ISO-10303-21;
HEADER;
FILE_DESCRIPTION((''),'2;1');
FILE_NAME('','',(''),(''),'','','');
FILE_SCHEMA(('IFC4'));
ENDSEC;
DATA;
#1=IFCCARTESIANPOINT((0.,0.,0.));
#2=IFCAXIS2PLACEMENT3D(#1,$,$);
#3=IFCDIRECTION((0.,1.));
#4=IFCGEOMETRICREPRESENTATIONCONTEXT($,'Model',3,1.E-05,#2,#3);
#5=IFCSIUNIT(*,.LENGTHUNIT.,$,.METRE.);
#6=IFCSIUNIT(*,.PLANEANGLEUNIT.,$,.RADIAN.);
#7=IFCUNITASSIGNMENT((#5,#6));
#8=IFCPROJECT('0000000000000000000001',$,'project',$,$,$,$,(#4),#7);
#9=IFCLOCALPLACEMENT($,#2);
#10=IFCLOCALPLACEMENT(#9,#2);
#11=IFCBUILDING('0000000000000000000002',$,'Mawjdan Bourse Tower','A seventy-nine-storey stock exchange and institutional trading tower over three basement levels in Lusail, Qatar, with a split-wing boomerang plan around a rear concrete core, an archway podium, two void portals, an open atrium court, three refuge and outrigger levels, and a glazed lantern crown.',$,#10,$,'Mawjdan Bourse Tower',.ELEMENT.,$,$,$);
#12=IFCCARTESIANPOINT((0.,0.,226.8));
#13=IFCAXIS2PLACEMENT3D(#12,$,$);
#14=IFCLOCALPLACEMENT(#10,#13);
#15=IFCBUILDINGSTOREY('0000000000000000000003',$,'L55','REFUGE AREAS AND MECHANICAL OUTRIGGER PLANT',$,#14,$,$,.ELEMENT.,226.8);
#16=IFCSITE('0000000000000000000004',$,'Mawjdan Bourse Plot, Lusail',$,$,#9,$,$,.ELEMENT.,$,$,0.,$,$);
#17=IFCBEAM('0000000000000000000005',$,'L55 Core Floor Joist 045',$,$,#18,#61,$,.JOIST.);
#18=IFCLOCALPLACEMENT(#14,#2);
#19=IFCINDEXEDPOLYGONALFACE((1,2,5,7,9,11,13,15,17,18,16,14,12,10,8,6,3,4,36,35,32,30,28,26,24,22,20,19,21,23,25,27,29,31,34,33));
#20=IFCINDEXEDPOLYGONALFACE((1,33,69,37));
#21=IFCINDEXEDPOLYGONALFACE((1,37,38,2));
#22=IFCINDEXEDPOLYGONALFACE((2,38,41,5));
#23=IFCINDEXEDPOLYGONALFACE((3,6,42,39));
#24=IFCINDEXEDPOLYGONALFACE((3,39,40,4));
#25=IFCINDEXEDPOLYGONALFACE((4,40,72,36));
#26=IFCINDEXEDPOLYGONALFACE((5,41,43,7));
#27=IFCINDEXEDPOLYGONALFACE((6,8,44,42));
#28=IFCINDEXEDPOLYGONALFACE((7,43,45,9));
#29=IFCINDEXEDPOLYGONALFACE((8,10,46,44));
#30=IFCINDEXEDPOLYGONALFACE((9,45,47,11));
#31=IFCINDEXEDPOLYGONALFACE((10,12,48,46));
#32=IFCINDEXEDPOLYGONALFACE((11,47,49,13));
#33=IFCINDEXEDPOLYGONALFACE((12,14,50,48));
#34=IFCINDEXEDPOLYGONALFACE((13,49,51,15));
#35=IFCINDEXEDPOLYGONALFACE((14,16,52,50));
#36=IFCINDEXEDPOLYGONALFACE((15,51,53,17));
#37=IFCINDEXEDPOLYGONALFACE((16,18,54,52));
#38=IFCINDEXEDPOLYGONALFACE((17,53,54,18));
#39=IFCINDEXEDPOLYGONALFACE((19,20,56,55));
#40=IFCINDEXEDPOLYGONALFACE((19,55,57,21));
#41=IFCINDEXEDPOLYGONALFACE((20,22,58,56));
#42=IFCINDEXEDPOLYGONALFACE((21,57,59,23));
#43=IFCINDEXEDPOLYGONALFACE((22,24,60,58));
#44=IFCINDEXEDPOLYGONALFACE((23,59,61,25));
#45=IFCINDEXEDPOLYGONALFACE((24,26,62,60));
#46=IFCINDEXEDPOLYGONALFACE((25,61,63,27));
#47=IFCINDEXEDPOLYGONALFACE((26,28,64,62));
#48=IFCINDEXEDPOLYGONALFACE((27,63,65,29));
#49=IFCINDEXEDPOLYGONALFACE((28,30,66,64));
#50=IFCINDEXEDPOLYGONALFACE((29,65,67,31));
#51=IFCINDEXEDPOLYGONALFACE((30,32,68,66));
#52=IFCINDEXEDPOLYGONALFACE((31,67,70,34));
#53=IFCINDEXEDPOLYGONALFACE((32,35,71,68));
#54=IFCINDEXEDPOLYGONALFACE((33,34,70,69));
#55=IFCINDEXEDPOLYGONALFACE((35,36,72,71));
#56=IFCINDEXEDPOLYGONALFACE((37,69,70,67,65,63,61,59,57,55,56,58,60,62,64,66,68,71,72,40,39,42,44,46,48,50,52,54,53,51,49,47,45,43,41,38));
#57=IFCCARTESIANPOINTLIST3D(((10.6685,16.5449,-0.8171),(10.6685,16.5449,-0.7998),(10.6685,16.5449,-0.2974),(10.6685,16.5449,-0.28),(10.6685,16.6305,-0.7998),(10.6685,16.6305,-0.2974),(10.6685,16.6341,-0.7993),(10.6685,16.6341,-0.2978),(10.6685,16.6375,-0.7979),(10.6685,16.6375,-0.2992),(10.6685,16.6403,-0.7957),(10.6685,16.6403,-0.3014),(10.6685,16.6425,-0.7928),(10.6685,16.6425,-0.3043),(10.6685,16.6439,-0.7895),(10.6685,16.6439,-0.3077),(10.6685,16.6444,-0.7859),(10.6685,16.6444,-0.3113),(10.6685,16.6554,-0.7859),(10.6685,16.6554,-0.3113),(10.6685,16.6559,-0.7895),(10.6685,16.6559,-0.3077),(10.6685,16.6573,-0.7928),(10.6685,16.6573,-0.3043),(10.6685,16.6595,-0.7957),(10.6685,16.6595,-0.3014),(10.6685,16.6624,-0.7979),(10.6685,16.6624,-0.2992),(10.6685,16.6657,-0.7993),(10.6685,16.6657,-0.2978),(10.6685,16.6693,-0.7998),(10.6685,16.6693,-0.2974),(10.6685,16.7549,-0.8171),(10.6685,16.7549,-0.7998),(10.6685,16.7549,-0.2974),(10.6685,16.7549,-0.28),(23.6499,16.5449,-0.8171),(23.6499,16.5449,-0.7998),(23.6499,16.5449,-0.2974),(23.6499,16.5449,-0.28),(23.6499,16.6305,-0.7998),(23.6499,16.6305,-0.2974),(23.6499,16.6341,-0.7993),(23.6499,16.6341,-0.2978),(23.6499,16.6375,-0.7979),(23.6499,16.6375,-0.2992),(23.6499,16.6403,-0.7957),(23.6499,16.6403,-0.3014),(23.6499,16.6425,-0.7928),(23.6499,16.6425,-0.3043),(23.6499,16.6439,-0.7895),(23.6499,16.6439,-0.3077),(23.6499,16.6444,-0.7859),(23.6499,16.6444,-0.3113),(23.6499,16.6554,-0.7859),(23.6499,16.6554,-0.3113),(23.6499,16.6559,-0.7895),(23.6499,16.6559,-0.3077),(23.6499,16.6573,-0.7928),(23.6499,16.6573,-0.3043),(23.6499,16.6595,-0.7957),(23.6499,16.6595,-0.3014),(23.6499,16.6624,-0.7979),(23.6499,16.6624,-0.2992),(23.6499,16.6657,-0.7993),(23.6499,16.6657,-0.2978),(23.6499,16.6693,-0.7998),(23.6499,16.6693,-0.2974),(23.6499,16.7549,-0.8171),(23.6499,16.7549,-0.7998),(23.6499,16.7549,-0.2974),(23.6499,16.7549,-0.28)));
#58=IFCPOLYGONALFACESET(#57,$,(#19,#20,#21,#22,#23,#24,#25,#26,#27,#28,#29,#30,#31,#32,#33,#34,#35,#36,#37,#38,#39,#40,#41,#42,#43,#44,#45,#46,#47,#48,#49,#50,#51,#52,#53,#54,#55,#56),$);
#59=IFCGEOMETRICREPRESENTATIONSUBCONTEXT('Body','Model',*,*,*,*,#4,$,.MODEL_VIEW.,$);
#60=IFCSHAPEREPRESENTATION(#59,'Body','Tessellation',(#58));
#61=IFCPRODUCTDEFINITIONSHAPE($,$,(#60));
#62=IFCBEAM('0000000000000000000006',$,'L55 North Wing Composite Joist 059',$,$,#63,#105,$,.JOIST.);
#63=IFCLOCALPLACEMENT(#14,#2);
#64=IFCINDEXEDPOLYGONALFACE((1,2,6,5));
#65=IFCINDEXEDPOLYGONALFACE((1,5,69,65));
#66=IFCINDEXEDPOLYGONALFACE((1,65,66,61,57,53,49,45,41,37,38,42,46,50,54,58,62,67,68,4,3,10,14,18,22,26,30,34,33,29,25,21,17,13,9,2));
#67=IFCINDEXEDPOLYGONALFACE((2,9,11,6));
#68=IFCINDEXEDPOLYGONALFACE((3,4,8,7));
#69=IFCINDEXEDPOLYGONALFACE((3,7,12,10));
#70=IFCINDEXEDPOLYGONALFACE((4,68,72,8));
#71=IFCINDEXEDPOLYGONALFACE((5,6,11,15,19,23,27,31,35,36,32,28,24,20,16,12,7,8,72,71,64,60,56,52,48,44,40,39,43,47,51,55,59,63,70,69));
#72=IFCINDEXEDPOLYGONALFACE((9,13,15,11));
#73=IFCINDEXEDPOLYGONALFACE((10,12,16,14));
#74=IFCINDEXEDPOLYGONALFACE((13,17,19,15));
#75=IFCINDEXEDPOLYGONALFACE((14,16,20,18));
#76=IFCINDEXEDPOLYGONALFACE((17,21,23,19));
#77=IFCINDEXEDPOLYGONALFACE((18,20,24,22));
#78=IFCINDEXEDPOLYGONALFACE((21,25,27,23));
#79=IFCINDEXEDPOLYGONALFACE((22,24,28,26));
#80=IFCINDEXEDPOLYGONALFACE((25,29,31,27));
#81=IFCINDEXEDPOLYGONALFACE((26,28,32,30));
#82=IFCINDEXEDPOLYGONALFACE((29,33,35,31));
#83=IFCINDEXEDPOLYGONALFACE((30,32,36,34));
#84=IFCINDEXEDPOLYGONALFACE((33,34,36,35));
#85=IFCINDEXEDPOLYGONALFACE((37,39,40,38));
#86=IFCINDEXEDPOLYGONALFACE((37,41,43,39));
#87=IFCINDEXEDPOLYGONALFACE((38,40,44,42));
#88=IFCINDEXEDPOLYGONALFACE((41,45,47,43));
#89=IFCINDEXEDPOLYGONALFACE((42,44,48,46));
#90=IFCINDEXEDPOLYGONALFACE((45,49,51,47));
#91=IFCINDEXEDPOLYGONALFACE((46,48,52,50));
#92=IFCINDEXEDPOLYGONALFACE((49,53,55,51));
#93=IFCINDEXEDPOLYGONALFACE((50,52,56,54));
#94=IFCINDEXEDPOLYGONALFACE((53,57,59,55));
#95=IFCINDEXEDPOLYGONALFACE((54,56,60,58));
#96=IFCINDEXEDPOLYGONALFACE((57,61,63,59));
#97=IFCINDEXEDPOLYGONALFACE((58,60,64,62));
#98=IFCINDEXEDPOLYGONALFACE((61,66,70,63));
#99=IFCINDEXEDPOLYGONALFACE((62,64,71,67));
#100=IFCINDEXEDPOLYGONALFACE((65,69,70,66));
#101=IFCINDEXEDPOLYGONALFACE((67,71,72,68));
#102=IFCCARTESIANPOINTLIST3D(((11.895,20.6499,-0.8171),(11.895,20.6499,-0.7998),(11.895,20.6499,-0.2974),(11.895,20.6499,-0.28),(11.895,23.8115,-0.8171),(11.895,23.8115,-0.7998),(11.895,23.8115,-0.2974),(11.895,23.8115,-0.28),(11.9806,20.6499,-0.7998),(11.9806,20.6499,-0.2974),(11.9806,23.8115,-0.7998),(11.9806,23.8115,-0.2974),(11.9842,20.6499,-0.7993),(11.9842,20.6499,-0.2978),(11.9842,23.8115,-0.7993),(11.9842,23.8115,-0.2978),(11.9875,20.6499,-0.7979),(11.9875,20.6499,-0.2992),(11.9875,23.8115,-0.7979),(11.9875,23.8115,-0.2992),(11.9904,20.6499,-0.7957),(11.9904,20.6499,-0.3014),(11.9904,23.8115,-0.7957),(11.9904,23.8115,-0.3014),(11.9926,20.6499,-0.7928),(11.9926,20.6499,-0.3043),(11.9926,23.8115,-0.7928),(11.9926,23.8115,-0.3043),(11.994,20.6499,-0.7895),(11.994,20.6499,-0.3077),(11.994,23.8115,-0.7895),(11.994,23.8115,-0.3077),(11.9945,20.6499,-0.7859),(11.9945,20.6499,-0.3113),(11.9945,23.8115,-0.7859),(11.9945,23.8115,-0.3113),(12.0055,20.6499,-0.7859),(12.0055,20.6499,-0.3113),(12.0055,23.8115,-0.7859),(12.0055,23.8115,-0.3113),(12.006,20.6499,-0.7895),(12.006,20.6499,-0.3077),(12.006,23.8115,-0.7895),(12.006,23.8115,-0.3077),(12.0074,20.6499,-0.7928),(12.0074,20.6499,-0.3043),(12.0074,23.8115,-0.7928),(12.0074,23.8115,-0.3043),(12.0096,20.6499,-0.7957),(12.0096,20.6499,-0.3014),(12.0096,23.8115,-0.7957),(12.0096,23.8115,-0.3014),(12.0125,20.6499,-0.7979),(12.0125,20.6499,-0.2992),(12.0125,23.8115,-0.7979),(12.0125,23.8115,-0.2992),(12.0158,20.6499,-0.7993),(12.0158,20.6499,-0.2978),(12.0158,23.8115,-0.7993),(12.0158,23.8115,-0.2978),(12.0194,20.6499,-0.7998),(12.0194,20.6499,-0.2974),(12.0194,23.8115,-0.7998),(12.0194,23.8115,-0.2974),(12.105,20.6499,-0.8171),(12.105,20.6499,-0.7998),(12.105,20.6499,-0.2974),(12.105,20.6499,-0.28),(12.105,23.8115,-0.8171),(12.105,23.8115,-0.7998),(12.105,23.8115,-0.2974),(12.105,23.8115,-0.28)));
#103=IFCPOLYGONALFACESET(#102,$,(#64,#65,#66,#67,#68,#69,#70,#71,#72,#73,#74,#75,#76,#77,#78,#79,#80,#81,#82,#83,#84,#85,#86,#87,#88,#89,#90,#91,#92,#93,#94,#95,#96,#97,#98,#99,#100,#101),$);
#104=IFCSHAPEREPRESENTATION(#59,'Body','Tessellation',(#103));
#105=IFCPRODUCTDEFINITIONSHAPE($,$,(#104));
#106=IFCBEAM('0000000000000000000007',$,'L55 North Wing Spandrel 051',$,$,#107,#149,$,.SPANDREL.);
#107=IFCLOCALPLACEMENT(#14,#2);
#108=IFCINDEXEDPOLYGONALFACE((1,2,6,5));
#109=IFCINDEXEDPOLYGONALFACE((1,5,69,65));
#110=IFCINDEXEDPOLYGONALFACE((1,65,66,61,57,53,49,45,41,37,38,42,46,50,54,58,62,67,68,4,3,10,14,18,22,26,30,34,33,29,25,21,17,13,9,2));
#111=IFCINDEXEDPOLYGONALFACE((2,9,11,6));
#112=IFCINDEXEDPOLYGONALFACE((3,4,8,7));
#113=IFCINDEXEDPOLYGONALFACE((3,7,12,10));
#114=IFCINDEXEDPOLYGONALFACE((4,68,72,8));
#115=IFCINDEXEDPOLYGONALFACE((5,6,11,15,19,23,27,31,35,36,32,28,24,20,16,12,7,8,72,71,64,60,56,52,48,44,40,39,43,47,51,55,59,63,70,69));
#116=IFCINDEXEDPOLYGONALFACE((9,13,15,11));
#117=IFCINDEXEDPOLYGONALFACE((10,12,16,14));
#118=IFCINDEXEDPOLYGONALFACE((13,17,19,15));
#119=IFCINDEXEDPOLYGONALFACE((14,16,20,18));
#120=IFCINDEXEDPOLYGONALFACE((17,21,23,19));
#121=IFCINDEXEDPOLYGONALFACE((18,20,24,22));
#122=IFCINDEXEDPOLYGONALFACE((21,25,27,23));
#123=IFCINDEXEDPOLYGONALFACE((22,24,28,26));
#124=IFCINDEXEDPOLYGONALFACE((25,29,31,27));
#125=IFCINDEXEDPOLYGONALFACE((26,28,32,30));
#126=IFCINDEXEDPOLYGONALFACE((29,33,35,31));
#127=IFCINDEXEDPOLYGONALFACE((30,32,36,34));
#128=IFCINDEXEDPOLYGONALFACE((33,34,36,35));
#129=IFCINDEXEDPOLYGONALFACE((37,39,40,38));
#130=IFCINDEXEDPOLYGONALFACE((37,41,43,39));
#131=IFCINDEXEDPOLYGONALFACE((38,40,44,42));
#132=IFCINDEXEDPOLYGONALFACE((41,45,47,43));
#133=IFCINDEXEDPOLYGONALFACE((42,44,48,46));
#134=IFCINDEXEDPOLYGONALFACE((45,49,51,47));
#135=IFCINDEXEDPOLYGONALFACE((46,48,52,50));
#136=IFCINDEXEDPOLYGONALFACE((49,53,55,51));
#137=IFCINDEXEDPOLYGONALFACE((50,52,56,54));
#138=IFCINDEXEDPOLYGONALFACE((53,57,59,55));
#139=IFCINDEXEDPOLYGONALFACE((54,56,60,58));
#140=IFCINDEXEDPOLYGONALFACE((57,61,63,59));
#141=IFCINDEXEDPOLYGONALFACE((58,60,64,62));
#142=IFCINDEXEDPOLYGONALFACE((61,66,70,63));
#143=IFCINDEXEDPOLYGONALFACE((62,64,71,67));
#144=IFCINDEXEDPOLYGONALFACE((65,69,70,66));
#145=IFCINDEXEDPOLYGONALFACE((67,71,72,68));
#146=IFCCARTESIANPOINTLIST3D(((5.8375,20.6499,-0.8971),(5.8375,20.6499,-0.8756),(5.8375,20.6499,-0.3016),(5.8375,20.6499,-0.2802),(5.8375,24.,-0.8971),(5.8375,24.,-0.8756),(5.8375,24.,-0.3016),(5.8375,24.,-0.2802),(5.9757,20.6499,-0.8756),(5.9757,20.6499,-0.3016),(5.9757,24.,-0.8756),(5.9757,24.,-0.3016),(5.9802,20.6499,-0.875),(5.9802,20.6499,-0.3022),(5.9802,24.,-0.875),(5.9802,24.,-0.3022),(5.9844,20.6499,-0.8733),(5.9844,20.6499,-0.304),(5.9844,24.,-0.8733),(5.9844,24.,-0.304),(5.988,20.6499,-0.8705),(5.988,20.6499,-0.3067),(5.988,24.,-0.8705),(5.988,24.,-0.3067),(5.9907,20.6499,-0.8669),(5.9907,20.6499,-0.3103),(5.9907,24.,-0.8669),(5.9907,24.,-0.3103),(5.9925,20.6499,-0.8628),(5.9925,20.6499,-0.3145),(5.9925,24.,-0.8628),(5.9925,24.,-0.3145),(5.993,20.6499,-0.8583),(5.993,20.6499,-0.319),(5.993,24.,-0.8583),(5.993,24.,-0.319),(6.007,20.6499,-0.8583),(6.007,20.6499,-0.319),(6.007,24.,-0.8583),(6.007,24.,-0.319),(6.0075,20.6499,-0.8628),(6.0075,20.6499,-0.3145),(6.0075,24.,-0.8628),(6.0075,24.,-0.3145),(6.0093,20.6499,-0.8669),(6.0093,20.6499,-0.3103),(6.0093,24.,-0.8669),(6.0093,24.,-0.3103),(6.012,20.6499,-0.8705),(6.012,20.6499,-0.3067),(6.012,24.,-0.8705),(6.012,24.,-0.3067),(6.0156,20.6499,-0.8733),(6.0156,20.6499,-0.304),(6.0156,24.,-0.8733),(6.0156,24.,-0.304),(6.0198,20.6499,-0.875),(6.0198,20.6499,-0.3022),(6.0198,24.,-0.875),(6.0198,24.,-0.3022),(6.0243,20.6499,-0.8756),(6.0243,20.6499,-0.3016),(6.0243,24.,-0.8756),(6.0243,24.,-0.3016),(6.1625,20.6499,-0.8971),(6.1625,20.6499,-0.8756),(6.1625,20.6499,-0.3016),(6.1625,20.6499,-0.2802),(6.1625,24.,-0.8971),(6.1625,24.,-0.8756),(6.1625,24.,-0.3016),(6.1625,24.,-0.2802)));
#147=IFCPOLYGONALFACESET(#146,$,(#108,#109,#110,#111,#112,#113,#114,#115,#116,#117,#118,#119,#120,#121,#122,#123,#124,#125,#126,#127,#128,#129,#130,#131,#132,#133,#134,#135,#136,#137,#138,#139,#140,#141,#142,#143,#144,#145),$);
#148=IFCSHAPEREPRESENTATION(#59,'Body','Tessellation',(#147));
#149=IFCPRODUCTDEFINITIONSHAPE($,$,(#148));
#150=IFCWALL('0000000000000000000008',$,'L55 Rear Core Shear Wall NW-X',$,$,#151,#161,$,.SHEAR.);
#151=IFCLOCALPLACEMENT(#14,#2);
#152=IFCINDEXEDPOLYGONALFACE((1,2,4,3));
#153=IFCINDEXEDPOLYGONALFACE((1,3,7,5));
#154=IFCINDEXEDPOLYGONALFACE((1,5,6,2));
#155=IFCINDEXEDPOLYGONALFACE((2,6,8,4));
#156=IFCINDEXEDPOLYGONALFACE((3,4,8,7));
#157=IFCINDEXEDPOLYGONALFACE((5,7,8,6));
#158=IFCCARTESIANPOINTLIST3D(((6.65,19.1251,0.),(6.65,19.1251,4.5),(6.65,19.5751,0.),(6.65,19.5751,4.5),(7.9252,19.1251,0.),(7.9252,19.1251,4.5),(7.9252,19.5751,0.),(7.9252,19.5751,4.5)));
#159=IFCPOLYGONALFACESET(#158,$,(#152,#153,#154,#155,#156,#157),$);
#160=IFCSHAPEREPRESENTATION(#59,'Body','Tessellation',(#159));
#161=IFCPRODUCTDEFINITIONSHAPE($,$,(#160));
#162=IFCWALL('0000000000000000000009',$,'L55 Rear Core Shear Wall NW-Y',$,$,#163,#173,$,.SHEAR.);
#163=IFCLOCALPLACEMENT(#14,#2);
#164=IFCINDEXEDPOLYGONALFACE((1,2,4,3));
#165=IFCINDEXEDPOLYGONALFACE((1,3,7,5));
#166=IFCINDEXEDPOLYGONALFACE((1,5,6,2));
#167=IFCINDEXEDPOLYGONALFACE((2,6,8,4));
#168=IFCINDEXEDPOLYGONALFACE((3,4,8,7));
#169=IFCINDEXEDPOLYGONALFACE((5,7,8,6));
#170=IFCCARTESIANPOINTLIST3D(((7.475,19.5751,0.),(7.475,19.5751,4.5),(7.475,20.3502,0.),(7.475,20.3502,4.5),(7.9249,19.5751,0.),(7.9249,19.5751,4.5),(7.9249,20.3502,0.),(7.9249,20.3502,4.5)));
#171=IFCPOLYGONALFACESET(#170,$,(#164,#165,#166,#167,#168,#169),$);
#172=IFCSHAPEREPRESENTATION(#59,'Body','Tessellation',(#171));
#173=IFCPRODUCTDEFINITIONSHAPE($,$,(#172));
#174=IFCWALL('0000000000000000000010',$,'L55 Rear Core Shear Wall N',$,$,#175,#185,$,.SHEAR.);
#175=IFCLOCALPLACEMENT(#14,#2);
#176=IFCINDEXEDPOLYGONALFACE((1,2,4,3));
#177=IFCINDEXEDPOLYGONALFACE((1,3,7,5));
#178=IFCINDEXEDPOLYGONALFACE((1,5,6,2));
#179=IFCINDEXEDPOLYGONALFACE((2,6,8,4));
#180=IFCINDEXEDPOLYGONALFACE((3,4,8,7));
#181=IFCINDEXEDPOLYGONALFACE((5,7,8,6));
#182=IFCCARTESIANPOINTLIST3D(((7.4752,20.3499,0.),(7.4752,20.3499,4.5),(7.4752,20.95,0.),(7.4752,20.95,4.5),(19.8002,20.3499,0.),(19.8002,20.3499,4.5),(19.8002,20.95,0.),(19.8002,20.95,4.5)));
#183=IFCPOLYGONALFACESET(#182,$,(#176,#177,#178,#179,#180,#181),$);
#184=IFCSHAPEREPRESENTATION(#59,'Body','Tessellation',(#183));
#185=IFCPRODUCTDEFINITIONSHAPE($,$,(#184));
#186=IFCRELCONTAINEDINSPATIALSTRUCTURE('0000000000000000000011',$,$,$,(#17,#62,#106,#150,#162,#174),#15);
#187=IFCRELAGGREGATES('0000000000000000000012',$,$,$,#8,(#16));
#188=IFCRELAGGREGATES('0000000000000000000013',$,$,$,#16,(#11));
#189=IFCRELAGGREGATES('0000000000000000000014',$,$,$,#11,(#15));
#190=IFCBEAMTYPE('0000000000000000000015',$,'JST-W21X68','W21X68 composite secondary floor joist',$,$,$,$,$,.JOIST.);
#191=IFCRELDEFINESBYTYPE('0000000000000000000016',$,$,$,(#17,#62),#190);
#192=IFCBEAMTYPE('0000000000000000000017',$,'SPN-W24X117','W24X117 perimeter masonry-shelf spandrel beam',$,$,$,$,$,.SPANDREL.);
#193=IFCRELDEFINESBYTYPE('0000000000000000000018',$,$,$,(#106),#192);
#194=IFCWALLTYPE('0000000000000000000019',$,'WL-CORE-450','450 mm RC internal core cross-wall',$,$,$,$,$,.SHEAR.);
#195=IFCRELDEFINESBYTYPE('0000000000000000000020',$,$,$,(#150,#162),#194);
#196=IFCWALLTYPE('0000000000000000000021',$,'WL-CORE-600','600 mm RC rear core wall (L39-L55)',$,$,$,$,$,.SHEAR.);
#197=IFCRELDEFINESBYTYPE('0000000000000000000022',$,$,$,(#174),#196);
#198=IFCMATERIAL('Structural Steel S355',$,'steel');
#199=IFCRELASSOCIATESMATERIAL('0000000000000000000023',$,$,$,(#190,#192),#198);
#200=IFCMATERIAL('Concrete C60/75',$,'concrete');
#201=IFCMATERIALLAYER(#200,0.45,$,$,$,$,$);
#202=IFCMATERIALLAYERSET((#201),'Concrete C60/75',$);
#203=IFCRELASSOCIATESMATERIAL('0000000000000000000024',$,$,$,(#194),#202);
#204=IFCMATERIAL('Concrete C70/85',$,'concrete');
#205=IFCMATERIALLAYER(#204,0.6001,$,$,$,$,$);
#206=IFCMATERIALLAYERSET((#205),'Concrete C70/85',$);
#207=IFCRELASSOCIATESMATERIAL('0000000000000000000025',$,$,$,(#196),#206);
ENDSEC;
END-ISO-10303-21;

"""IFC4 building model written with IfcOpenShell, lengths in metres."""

from ifc_helpers import new_model, si_unit, direction, frame, frame_2d, origin, origin_2d, place, context, subcontext, project, spatial, rectangle, i_section, extrude, material, layer, layer_set, material_profile, profile_set, type_object, element, save


model = new_model("IFC4")

# Units and contexts
model_context = context("Model", 3, precision=1e-05, world=origin(), true_north=direction((0.0, 1.0)))
body_context = subcontext(model_context, "Body", "Model", "MODEL_VIEW")
ifc_project = project(units=[si_unit("LENGTHUNIT", "METRE"), si_unit("PLANEANGLEUNIT", "RADIAN")], contexts=[model_context])

# Site, building, storey
site_placement = place(None, origin())
site = spatial("IfcSite", under=ifc_project, at=site_placement, Name="Mawjdan Bourse Plot, Lusail", CompositionType="ELEMENT", RefElevation=0.0)
building_placement = place(site_placement, origin())
building = spatial("IfcBuilding", under=site, at=building_placement, Name="Mawjdan Bourse Tower", Description="A seventy-nine-storey stock exchange and institutional trading tower over three basement levels in Lusail, Qatar, with a split-wing boomerang plan around a rear concrete core, an archway podium, two void portals, an open atrium court, three refuge and outrigger levels, and a glazed lantern crown.", LongName="Mawjdan Bourse Tower", CompositionType="ELEMENT")
storey_placement = place(building_placement, frame((0.0, 0.0, 226.8)))
storey = spatial("IfcBuildingStorey", under=building, at=storey_placement, Name="L55", Description="REFUGE AREAS AND MECHANICAL OUTRIGGER PLANT", CompositionType="ELEMENT", Elevation=226.8)

# Shared definitions
ifc_material_1 = material(Name="Structural Steel S355", Category="steel")

# Beams
ifc_material_profile_1 = material_profile(ifc_material_1, i_section(OverallWidth=0.21, OverallDepth=0.5371, WebThickness=0.011, FlangeThickness=0.0173, FilletRadius=0.0139, at=origin_2d()), Name="W21X68")
ifc_profile_set_1 = profile_set([ifc_material_profile_1], Name="Structural Steel S355")
beam_type_1 = type_object("IfcBeamType", Name="JST-W21X68", Description="W21X68 composite secondary floor joist", PredefinedType="JOIST", material=ifc_profile_set_1)
for number, where, z_axis, x_axis, name in (
    (1, (10.6685, 16.6499, -0.5486), (1.0, 0.0, 0.0), (0.0, 1.0, 0.0), "L55 Core Floor Joist 045"),
):
    element("IfcBeam", number, at=place(storey_placement, frame(where, z_axis=z_axis, x_axis=x_axis)), inside=storey, type_object=beam_type_1, Name=name, PredefinedType="JOIST", context=body_context, shape_type="SweptSolid", body=[
        extrude(i_section(OverallWidth=0.21, OverallDepth=0.5371, WebThickness=0.011, FlangeThickness=0.0173, FilletRadius=0.0139, at=origin_2d()), origin(), (0.0, 0.0, 1.0), 12.9814),
    ])
beam_1_placement = place(storey_placement, frame((12.0, 20.6499, -0.5486), z_axis=(0.0, 1.0, 0.0), x_axis=(-1.0, 0.0, 0.0)))
element("IfcBeam", 2, at=beam_1_placement, inside=storey, type_object=beam_type_1, Name="L55 North Wing Composite Joist 059", PredefinedType="JOIST", context=body_context, shape_type="SweptSolid", body=[
    extrude(i_section(OverallWidth=0.21, OverallDepth=0.5371, WebThickness=0.011, FlangeThickness=0.0173, FilletRadius=0.0139, at=origin_2d()), origin(), (0.0, 0.0, 1.0), 3.1616),
])
ifc_material_profile_2 = material_profile(ifc_material_1, i_section(OverallWidth=0.325, OverallDepth=0.6169, WebThickness=0.0139, FlangeThickness=0.0215, FilletRadius=0.0173, at=origin_2d()), Name="W24X117")
ifc_profile_set_2 = profile_set([ifc_material_profile_2], Name="Structural Steel S355")
beam_type_2 = type_object("IfcBeamType", Name="SPN-W24X117", Description="W24X117 perimeter masonry-shelf spandrel beam", PredefinedType="SPANDREL", material=ifc_profile_set_2)
beam_2_placement = place(storey_placement, frame((6.0, 20.6499, -0.5886), z_axis=(0.0, 1.0, 0.0), x_axis=(-1.0, 0.0, 0.0)))
element("IfcBeam", 3, at=beam_2_placement, inside=storey, type_object=beam_type_2, Name="L55 North Wing Spandrel 051", PredefinedType="SPANDREL", context=body_context, shape_type="SweptSolid", body=[
    extrude(i_section(OverallWidth=0.325, OverallDepth=0.6169, WebThickness=0.0139, FlangeThickness=0.0215, FilletRadius=0.0173, at=origin_2d()), origin(), (0.0, 0.0, 1.0), 3.3501),
])

# Walls
ifc_material_2 = material(Name="Concrete C60/75", Category="concrete")
ifc_layer_1 = layer(ifc_material_2, 0.45)
ifc_layer_set_1 = layer_set([ifc_layer_1], Name="Concrete C60/75")
wall_type_1 = type_object("IfcWallType", Name="WL-CORE-450", Description="450 mm RC internal core cross-wall", PredefinedType="SHEAR", material=ifc_layer_set_1)
wall_1_placement = place(storey_placement, frame((6.6499, 19.3501, 0.0), z_axis=(0.0, 0.0, 1.0), x_axis=(1.0, 0.0, 0.0)))
element("IfcWall", 4, at=wall_1_placement, inside=storey, type_object=wall_type_1, Name="L55 Rear Core Shear Wall NW-X", PredefinedType="SHEAR", context=body_context, shape_type="SweptSolid", body=[
    extrude(rectangle(XDim=1.2751, YDim=0.45, at=frame_2d((0.6377, 0.0))), origin(), (0.0, 0.0, 1.0), 4.5),
])
wall_2_placement = place(storey_placement, frame((7.7, 19.575, 0.0), z_axis=(0.0, 0.0, 1.0), x_axis=(0.0, 1.0, 0.0)))
element("IfcWall", 5, at=wall_2_placement, inside=storey, type_object=wall_type_1, Name="L55 Rear Core Shear Wall NW-Y", PredefinedType="SHEAR", context=body_context, shape_type="SweptSolid", body=[
    extrude(rectangle(XDim=0.7751, YDim=0.45, at=frame_2d((0.3877, 0.0))), origin(), (0.0, 0.0, 1.0), 4.5),
])
ifc_material_3 = material(Name="Concrete C70/85", Category="concrete")
ifc_layer_2 = layer(ifc_material_3, 0.6001)
ifc_layer_set_2 = layer_set([ifc_layer_2], Name="Concrete C70/85")
wall_type_2 = type_object("IfcWallType", Name="WL-CORE-600", Description="600 mm RC rear core wall (L39-L55)", PredefinedType="SHEAR", material=ifc_layer_set_2)
wall_3_placement = place(storey_placement, frame((7.4751, 20.6499, 0.0), z_axis=(0.0, 0.0, 1.0), x_axis=(1.0, 0.0, 0.0)))
element("IfcWall", 6, at=wall_3_placement, inside=storey, type_object=wall_type_2, Name="L55 Rear Core Shear Wall N", PredefinedType="SHEAR", context=body_context, shape_type="SweptSolid", body=[
    extrude(rectangle(XDim=12.325, YDim=0.6001, at=frame_2d((6.1626, 0.0))), origin(), (0.0, 0.0, 1.0), 4.5),
])

save(model, "model.ifc")
